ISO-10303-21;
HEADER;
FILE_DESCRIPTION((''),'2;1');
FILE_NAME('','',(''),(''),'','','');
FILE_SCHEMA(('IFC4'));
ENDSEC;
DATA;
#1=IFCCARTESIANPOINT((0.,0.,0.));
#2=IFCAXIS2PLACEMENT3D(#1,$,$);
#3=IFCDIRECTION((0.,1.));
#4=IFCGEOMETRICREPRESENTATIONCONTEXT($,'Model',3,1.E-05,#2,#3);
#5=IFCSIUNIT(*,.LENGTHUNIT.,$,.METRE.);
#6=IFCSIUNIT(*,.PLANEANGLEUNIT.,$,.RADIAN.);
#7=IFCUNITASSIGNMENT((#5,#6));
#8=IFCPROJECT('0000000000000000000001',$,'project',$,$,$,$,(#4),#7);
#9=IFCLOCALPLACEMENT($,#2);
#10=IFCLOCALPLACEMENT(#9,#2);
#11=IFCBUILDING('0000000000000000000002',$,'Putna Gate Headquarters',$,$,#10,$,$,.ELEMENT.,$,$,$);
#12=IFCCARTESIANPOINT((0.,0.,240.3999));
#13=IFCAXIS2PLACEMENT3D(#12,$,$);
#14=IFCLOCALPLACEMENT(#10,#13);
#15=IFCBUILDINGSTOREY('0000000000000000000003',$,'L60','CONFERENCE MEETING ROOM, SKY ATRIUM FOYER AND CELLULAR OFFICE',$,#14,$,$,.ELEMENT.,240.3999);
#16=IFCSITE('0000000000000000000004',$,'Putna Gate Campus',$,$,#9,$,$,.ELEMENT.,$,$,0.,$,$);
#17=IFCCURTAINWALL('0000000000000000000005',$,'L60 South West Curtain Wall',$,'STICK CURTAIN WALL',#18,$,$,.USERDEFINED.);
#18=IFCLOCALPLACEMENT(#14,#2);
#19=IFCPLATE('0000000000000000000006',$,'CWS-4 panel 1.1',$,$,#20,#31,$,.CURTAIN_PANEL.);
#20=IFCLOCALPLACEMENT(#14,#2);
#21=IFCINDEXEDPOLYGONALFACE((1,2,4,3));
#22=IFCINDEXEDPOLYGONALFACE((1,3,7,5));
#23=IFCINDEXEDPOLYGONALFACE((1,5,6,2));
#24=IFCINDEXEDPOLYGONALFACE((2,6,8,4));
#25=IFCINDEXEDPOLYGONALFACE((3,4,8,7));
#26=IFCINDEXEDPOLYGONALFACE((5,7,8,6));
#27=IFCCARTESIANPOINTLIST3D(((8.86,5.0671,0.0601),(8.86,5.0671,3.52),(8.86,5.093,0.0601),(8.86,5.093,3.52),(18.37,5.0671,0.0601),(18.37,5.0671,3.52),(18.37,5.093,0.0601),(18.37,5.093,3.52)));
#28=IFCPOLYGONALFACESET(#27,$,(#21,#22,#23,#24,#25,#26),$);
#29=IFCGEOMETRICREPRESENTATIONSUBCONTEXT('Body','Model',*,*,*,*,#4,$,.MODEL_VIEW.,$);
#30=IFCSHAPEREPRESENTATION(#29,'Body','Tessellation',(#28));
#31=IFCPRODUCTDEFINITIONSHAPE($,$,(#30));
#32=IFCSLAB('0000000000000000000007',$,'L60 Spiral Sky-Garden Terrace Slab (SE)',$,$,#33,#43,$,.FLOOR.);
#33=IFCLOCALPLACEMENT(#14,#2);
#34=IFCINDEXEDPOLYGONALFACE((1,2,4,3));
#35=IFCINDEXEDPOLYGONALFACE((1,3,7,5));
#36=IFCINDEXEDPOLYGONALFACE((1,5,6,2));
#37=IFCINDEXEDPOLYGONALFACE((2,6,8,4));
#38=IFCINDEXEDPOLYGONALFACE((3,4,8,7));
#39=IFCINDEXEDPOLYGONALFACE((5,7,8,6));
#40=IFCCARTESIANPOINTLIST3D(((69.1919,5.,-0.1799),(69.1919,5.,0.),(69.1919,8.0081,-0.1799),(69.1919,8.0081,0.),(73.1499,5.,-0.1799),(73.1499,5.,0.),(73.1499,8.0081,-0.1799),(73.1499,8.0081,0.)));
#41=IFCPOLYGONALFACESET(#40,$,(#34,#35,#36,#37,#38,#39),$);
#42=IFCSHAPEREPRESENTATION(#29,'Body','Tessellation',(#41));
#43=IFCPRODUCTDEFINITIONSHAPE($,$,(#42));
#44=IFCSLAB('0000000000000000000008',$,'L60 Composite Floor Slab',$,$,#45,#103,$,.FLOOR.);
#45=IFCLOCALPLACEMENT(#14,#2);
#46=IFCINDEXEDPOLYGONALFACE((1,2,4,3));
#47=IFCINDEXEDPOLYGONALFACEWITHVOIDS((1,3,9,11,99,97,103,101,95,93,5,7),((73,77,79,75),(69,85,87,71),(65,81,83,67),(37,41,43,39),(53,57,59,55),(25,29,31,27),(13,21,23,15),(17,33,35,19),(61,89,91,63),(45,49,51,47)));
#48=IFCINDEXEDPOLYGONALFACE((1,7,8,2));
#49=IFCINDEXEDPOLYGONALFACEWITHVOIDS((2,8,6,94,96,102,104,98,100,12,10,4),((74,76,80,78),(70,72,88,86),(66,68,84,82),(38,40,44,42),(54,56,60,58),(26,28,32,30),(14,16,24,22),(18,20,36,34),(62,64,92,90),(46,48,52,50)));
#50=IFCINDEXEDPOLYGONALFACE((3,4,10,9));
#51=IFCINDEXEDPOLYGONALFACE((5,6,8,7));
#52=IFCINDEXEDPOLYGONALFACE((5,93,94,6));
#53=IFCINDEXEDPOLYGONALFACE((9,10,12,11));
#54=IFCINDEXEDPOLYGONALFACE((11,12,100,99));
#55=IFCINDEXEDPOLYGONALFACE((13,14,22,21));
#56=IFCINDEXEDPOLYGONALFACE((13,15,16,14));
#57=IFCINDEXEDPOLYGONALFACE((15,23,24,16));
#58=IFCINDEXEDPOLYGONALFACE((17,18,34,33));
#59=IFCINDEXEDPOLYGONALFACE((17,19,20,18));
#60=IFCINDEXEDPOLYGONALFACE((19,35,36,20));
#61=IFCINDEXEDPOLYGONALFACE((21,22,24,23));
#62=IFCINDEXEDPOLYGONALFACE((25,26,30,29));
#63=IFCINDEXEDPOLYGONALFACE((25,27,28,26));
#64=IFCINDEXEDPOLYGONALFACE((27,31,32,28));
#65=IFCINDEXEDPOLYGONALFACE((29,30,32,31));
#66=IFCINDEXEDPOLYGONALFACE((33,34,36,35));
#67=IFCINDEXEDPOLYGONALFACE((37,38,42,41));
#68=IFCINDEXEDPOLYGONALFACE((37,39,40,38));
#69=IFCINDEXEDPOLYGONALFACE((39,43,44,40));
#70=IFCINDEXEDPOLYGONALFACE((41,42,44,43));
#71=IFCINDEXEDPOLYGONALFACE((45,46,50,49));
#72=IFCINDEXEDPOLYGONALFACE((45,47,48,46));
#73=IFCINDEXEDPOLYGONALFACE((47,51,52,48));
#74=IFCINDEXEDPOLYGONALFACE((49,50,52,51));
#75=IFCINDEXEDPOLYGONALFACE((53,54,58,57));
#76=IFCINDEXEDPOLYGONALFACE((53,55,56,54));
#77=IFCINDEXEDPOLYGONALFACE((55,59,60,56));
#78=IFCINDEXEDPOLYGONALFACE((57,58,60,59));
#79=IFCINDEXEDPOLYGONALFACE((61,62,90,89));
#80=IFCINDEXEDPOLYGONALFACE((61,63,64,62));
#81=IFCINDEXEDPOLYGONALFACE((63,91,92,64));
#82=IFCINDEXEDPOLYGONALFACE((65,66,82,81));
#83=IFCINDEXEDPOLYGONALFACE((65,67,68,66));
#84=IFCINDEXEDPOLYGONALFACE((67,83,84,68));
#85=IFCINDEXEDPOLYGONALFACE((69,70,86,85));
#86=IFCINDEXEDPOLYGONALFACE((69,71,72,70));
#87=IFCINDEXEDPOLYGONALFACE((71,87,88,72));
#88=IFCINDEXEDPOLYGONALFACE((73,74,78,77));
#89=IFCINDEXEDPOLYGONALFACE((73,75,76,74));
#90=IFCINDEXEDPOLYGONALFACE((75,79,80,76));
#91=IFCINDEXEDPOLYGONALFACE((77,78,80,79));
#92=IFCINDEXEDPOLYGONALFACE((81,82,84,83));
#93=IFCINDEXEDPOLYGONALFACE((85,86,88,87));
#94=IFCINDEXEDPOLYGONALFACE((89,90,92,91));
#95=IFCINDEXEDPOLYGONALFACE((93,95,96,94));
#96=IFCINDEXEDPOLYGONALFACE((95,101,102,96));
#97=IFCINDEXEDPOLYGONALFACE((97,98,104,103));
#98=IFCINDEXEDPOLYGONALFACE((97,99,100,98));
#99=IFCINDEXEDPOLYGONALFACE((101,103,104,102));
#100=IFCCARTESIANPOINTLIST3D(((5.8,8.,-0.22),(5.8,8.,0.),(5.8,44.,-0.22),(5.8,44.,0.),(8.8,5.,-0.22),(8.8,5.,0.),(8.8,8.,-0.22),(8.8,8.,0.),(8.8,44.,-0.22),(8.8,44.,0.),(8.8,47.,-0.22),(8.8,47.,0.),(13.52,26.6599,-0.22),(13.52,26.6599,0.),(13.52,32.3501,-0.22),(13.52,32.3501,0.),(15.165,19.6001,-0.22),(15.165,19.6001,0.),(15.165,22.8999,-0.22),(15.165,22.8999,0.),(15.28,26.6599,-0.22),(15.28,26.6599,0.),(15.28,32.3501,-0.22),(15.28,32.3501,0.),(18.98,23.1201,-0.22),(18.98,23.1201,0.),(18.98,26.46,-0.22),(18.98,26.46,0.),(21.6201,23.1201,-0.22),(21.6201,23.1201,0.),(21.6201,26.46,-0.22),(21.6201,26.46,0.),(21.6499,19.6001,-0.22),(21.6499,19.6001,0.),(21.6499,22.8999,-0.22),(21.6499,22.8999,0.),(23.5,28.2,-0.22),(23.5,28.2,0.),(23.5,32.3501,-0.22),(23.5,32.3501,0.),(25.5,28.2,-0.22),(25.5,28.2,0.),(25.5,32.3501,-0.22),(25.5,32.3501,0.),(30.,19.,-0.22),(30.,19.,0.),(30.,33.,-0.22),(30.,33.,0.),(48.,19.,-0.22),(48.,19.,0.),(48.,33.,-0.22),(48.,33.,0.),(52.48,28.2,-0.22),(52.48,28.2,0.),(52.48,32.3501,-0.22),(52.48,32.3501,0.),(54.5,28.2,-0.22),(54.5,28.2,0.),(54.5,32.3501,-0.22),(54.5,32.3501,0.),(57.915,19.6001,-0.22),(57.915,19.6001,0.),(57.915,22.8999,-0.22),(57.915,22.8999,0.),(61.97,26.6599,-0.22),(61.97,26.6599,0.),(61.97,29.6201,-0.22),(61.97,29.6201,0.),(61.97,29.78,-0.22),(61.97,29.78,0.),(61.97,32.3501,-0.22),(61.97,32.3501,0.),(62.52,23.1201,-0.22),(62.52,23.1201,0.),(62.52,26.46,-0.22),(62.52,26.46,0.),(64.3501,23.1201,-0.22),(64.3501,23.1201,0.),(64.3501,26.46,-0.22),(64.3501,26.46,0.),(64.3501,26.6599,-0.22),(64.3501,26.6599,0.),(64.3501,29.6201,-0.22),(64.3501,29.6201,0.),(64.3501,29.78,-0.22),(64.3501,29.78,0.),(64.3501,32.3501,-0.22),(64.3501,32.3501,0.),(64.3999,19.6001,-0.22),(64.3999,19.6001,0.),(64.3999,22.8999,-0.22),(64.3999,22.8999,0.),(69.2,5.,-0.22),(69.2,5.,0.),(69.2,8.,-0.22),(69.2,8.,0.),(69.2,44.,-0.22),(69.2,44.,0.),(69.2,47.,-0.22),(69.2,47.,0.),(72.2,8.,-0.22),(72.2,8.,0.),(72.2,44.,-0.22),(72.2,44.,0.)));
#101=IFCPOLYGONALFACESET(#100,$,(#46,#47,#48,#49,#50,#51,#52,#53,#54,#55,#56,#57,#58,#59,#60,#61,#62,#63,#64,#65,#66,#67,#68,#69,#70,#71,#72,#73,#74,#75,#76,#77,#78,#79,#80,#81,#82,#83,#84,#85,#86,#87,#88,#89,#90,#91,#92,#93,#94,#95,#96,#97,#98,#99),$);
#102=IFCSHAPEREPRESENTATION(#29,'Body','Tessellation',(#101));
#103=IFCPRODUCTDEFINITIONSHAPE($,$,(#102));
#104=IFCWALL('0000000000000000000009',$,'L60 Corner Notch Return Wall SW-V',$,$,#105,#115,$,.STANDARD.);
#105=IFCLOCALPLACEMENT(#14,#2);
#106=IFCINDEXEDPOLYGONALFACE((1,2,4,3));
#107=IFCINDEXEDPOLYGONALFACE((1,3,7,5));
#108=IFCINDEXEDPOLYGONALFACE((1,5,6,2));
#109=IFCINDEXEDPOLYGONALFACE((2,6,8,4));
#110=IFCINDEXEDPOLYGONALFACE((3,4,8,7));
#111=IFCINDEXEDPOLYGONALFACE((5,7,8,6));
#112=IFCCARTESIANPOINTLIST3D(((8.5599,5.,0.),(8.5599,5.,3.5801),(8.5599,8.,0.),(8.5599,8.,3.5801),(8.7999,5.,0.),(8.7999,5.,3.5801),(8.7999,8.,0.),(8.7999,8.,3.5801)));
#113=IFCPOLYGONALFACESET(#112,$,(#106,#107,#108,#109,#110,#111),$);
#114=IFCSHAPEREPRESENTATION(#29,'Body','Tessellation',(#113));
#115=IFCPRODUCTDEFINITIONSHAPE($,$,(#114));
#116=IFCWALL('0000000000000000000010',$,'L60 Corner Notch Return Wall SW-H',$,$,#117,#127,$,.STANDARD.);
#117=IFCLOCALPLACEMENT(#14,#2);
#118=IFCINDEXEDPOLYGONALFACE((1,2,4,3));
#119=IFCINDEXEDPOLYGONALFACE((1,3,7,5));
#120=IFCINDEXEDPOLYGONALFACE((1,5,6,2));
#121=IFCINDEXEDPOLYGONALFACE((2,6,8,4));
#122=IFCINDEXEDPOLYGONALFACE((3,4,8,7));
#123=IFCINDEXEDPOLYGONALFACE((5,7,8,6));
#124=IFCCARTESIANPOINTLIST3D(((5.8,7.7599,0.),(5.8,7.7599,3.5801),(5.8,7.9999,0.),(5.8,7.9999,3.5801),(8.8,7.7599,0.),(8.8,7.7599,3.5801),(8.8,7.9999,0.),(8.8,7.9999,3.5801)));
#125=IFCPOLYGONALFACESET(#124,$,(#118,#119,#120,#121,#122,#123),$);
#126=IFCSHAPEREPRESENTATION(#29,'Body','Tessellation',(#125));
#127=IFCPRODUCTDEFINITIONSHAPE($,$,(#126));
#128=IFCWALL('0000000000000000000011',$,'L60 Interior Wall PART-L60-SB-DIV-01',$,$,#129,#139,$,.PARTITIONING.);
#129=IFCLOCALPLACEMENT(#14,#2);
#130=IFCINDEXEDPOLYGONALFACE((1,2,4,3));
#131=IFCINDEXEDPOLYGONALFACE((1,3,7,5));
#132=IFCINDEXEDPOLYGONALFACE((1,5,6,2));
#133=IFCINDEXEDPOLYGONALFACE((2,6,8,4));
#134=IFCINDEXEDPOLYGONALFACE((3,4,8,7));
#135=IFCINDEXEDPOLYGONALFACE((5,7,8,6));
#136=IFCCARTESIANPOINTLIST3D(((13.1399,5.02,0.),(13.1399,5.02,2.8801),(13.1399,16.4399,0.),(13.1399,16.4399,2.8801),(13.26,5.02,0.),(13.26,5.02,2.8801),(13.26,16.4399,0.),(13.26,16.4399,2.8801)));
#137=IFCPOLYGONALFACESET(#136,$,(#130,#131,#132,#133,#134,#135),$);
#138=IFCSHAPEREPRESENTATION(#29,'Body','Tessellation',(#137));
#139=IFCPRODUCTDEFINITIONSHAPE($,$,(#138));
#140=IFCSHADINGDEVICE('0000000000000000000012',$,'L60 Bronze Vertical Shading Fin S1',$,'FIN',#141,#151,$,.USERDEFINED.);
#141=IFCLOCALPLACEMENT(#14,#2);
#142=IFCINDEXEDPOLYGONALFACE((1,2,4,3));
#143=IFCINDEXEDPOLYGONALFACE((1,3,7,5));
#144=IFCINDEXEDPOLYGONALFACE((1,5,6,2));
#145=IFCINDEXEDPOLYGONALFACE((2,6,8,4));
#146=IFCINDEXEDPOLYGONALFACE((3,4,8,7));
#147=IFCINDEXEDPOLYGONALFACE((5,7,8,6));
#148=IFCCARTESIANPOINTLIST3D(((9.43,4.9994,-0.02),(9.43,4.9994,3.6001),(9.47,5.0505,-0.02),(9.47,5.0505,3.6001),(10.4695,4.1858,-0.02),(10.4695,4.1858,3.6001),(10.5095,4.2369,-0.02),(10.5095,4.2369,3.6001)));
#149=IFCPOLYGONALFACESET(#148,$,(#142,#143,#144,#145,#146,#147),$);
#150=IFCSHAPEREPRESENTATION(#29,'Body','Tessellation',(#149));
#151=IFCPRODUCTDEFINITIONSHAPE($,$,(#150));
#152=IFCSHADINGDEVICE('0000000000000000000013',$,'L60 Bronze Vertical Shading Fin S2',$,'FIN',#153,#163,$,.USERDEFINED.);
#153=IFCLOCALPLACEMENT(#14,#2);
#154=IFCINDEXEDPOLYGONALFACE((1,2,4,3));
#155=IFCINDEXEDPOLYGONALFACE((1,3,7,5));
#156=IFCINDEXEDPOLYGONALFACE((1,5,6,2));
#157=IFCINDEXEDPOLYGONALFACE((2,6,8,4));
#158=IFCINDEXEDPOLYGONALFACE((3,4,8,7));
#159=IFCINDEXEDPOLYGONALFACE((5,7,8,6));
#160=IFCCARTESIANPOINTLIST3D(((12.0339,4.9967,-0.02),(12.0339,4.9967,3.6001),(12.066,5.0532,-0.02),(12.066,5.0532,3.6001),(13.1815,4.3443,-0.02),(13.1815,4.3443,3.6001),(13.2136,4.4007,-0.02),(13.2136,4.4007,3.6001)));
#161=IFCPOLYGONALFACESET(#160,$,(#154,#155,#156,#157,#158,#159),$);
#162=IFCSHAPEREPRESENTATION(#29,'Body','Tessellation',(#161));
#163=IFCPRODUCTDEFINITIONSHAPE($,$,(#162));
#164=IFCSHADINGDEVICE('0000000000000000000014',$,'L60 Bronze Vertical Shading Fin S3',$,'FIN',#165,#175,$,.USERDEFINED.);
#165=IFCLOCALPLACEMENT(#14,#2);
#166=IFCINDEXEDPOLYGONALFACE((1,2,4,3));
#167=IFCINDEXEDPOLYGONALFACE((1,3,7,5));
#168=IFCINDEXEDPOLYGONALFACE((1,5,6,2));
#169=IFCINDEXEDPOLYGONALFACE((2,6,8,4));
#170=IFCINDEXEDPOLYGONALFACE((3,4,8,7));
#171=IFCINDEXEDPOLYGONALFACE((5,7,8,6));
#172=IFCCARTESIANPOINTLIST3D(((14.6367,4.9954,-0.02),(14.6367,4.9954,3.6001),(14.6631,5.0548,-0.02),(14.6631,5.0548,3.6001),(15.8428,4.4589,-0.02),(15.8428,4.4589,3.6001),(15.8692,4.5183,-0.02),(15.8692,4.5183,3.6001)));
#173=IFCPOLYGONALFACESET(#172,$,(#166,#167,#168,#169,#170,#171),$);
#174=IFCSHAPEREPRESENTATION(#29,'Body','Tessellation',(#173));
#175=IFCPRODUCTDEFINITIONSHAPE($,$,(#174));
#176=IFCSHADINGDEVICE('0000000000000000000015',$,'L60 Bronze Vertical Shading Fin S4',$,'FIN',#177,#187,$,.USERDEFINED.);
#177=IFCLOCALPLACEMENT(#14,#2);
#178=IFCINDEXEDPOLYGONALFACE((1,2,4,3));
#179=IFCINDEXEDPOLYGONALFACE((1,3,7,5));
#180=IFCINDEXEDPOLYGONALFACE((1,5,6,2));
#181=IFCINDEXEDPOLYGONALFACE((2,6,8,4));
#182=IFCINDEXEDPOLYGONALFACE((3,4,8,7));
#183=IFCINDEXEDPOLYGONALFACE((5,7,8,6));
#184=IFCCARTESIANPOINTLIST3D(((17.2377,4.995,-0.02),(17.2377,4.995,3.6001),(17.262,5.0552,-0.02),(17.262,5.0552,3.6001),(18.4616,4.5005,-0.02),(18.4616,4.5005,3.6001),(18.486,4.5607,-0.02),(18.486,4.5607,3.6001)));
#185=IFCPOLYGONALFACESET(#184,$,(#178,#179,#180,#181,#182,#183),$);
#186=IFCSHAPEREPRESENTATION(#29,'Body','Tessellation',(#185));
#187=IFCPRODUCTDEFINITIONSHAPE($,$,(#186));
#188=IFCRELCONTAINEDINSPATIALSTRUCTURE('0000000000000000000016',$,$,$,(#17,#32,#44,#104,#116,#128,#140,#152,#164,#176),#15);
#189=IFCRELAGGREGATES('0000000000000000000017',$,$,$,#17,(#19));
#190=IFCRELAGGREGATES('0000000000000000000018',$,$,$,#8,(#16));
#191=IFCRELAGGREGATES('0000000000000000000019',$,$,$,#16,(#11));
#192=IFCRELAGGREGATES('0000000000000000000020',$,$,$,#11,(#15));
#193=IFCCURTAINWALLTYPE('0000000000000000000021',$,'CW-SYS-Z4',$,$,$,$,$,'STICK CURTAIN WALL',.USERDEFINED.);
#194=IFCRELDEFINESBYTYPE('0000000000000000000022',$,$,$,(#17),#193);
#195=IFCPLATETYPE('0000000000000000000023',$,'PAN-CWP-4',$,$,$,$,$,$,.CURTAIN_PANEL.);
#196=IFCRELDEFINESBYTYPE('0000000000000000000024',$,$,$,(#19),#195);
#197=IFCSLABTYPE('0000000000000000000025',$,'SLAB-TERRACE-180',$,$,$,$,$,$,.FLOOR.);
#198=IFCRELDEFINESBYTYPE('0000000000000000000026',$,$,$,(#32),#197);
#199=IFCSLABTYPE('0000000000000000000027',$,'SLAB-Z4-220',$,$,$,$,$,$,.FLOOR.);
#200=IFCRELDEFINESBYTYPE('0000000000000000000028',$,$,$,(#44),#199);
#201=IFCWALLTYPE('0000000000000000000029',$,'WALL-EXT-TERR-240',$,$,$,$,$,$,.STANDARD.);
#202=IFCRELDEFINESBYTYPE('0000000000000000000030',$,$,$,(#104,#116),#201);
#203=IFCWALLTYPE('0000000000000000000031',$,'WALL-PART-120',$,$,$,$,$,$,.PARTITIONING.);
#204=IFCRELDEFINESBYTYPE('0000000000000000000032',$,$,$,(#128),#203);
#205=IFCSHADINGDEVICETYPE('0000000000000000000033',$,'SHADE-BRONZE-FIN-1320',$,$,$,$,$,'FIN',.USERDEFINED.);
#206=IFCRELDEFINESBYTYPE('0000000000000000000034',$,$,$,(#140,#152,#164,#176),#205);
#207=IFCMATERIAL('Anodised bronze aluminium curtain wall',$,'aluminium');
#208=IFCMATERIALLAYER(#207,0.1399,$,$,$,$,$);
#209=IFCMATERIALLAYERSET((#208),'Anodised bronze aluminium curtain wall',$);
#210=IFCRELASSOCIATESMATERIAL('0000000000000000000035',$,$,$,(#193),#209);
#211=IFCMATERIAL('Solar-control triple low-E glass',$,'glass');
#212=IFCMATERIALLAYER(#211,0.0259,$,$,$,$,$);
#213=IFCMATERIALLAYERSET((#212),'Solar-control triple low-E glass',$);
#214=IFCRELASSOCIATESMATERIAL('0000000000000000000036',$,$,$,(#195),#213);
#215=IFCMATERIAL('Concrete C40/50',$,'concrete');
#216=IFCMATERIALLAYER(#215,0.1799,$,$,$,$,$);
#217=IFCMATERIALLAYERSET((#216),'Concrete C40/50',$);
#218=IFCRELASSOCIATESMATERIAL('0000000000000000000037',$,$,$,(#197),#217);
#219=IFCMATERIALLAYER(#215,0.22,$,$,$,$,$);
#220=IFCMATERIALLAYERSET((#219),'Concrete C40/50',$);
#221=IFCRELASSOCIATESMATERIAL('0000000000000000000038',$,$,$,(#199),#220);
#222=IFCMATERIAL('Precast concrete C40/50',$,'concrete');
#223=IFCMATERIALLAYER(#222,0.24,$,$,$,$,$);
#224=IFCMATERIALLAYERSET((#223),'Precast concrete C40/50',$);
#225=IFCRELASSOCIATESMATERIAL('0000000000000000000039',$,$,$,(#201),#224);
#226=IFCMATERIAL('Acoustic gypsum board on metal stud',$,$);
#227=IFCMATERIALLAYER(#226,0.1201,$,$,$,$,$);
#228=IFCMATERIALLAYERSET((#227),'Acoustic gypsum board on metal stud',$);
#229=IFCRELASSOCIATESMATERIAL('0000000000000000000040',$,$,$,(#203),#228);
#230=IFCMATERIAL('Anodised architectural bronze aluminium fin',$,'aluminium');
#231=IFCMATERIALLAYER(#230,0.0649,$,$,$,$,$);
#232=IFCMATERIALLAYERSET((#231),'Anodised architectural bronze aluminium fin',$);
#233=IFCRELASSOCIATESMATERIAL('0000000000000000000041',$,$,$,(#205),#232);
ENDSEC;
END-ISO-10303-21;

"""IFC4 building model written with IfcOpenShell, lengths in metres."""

from ifc_helpers import new_model, si_unit, direction, frame, frame_2d, origin, origin_2d, place, context, subcontext, project, spatial, polyline, rectangle, outline, extrude, material, layer, layer_set, type_object, element, aggregate, save


model = new_model("IFC4")

# Units and contexts
model_context = context("Model", 3, precision=1e-05, world=origin(), true_north=direction((0.0, 1.0)))
body_context = subcontext(model_context, "Body", "Model", "MODEL_VIEW")
ifc_project = project(units=[si_unit("LENGTHUNIT", "METRE"), si_unit("PLANEANGLEUNIT", "RADIAN")], contexts=[model_context])

# Site, building, storey
site_placement = place(None, origin())
site = spatial("IfcSite", under=ifc_project, at=site_placement, Name="Putna Gate Campus", CompositionType="ELEMENT", RefElevation=0.0)
building_placement = place(site_placement, origin())
building = spatial("IfcBuilding", under=site, at=building_placement, Name="Putna Gate Headquarters", CompositionType="ELEMENT")
storey_placement = place(building_placement, frame((0.0, 0.0, 240.3999)))
storey = spatial("IfcBuildingStorey", under=building, at=storey_placement, Name="L60", Description="CONFERENCE MEETING ROOM, SKY ATRIUM FOYER AND CELLULAR OFFICE", CompositionType="ELEMENT", Elevation=240.3999)

# Curtain wall
ifc_material_1 = material(Name="Anodised bronze aluminium curtain wall", Category="aluminium")
ifc_layer_1 = layer(ifc_material_1, 0.1399)
ifc_layer_set_1 = layer_set([ifc_layer_1], Name="Anodised bronze aluminium curtain wall")
curtain_wall_type = type_object("IfcCurtainWallType", Name="CW-SYS-Z4", ElementType="STICK CURTAIN WALL", PredefinedType="USERDEFINED", material=ifc_layer_set_1)
curtain_wall_1_placement = place(storey_placement, origin())
curtain_wall_1 = element("IfcCurtainWall", 1, at=curtain_wall_1_placement, inside=storey, type_object=curtain_wall_type, Name="L60 South West Curtain Wall", ObjectType="STICK CURTAIN WALL", PredefinedType="USERDEFINED")

# Shared definitions
ifc_material_2 = material(Name="Concrete C40/50", Category="concrete")

# Plate
ifc_material_3 = material(Name="Solar-control triple low-E glass", Category="glass")
ifc_layer_2 = layer(ifc_material_3, 0.0259)
ifc_layer_set_2 = layer_set([ifc_layer_2], Name="Solar-control triple low-E glass")
plate_type = type_object("IfcPlateType", Name="PAN-CWP-4", PredefinedType="CURTAIN_PANEL", material=ifc_layer_set_2)
plate_placement = place(storey_placement, frame((13.615, 5.0801, 0.0601), z_axis=(0.0, 0.0, 1.0), x_axis=(1.0, 0.0, 0.0)))
plate = element("IfcPlate", 2, at=plate_placement, type_object=plate_type, Name="CWS-4 panel 1.1", PredefinedType="CURTAIN_PANEL", context=body_context, shape_type="SweptSolid", body=[
    extrude(rectangle(XDim=9.51, YDim=0.0259, at=origin_2d()), origin(), (0.0, 0.0, 1.0), 3.46),
])
aggregate(curtain_wall_1, [plate])

# Slabs
ifc_layer_3 = layer(ifc_material_2, 0.1799)
ifc_layer_set_3 = layer_set([ifc_layer_3], Name="Concrete C40/50")
slab_type_1 = type_object("IfcSlabType", Name="SLAB-TERRACE-180", PredefinedType="FLOOR", material=ifc_layer_set_3)
slab_1_placement = place(storey_placement, frame((0.0, 0.0, -0.1799)))
element("IfcSlab", 3, at=slab_1_placement, inside=storey, type_object=slab_type_1, Name="L60 Spiral Sky-Garden Terrace Slab (SE)", PredefinedType="FLOOR", context=body_context, shape_type="SweptSolid", body=[
    extrude(outline(polyline([(69.1919, 5.0), (73.1499, 5.0), (73.1499, 8.0081), (69.1919, 8.0081), (69.1919, 5.0)])), origin(), (0.0, 0.0, 1.0), 0.1799),
])
ifc_layer_4 = layer(ifc_material_2, 0.22)
ifc_layer_set_4 = layer_set([ifc_layer_4], Name="Concrete C40/50")
slab_type_2 = type_object("IfcSlabType", Name="SLAB-Z4-220", PredefinedType="FLOOR", material=ifc_layer_set_4)
slab_2_placement = place(storey_placement, frame((0.0, 0.0, -0.22)))
element("IfcSlab", 4, at=slab_2_placement, inside=storey, type_object=slab_type_2, Name="L60 Composite Floor Slab", PredefinedType="FLOOR", context=body_context, shape_type="SweptSolid", body=[
    extrude(outline(polyline([(8.8, 5.0), (69.2, 5.0), (69.2, 8.0), (72.2, 8.0), (72.2, 44.0), (69.2, 44.0), (69.2, 47.0), (8.8, 47.0), (8.8, 44.0), (5.8, 44.0), (5.8, 8.0), (8.8, 8.0), (8.8, 5.0)]), holes=[polyline([(15.165, 19.6001), (21.6499, 19.6001), (21.6499, 22.8999), (15.165, 22.8999), (15.165, 19.6001)]), polyline([(57.915, 19.6001), (64.3999, 19.6001), (64.3999, 22.8999), (57.915, 22.8999), (57.915, 19.6001)]), polyline([(13.52, 26.6599), (15.28, 26.6599), (15.28, 32.3501), (13.52, 32.3501), (13.52, 26.6599)]), polyline([(61.97, 29.78), (64.3501, 29.78), (64.3501, 32.3501), (61.97, 32.3501), (61.97, 29.78)]), polyline([(18.98, 23.1201), (21.6201, 23.1201), (21.6201, 26.46), (18.98, 26.46), (18.98, 23.1201)]), polyline([(62.52, 23.1201), (64.3501, 23.1201), (64.3501, 26.46), (62.52, 26.46), (62.52, 23.1201)]), polyline([(61.97, 26.6599), (64.3501, 26.6599), (64.3501, 29.6201), (61.97, 29.6201), (61.97, 26.6599)]), polyline([(23.5, 28.2), (25.5, 28.2), (25.5, 32.3501), (23.5, 32.3501), (23.5, 28.2)]), polyline([(52.48, 28.2), (54.5, 28.2), (54.5, 32.3501), (52.48, 32.3501), (52.48, 28.2)]), polyline([(30.0, 19.0), (48.0, 19.0), (48.0, 33.0), (30.0, 33.0), (30.0, 19.0)])]), origin(), (0.0, 0.0, 1.0), 0.22),
])

# Walls
ifc_material_4 = material(Name="Precast concrete C40/50", Category="concrete")
ifc_layer_5 = layer(ifc_material_4, 0.24)
ifc_layer_set_5 = layer_set([ifc_layer_5], Name="Precast concrete C40/50")
wall_type_1 = type_object("IfcWallType", Name="WALL-EXT-TERR-240", PredefinedType="STANDARD", material=ifc_layer_set_5)
for number, where, z_axis, x_axis, name in (
    (5, (8.6799, 5.0, 0.0), (0.0, 0.0, 1.0), (0.0, 1.0, 0.0), "L60 Corner Notch Return Wall SW-V"),
    (6, (8.8, 7.8799, 0.0), (0.0, 0.0, 1.0), (-1.0, 0.0, 0.0), "L60 Corner Notch Return Wall SW-H"),
):
    element("IfcWall", number, at=place(storey_placement, frame(where, z_axis=z_axis, x_axis=x_axis)), inside=storey, type_object=wall_type_1, Name=name, PredefinedType="STANDARD", context=body_context, shape_type="SweptSolid", body=[
        extrude(rectangle(XDim=3.0, YDim=0.24, at=frame_2d((1.5, 0.0))), origin(), (0.0, 0.0, 1.0), 3.5801),
    ])
ifc_material_5 = material(Name="Acoustic gypsum board on metal stud")
ifc_layer_6 = layer(ifc_material_5, 0.1201)
ifc_layer_set_6 = layer_set([ifc_layer_6], Name="Acoustic gypsum board on metal stud")
wall_type_2 = type_object("IfcWallType", Name="WALL-PART-120", PredefinedType="PARTITIONING", material=ifc_layer_set_6)
wall_placement = place(storey_placement, frame((13.2, 5.02, 0.0), z_axis=(0.0, 0.0, 1.0), x_axis=(0.0, 1.0, 0.0)))
element("IfcWall", 7, at=wall_placement, inside=storey, type_object=wall_type_2, Name="L60 Interior Wall PART-L60-SB-DIV-01", PredefinedType="PARTITIONING", context=body_context, shape_type="SweptSolid", body=[
    extrude(rectangle(XDim=11.4199, YDim=0.1201, at=frame_2d((5.71, 0.0))), origin(), (0.0, 0.0, 1.0), 2.8801),
])

# Shading devices
ifc_material_6 = material(Name="Anodised architectural bronze aluminium fin", Category="aluminium")
ifc_layer_7 = layer(ifc_material_6, 0.0649)
ifc_layer_set_7 = layer_set([ifc_layer_7], Name="Anodised architectural bronze aluminium fin")
shading_device_type = type_object("IfcShadingDeviceType", Name="SHADE-BRONZE-FIN-1320", ElementType="FIN", PredefinedType="USERDEFINED", material=ifc_layer_set_7)
for number, where, z_axis, x_axis, name in (
    (8, (9.9697, 4.6182, -0.02), (0.0, 0.0, 1.0), (0.787473, -0.616349, 0.0), "L60 Bronze Vertical Shading Fin S1"),
    (9, (12.6238, 4.6987, -0.02), (0.0, 0.0, 1.0), (0.869322, -0.494245, 0.0), "L60 Bronze Vertical Shading Fin S2"),
    (10, (15.2529, 4.7568, -0.02), (0.0, 0.0, 1.0), (0.913687, -0.406418, 0.0), "L60 Bronze Vertical Shading Fin S3"),
    (11, (17.8618, 4.7778, -0.02), (0.0, 0.0, 1.0), (0.927184, -0.374607, 0.0), "L60 Bronze Vertical Shading Fin S4"),
):
    element("IfcShadingDevice", number, at=place(storey_placement, frame(where, z_axis=z_axis, x_axis=x_axis)), inside=storey, type_object=shading_device_type, Name=name, ObjectType="FIN", PredefinedType="USERDEFINED", context=body_context, shape_type="SweptSolid", body=[
        extrude(rectangle(XDim=1.3201, YDim=0.0649, at=origin_2d()), origin(), (0.0, 0.0, 1.0), 3.6201),
    ])

save(model, "model.ifc")
